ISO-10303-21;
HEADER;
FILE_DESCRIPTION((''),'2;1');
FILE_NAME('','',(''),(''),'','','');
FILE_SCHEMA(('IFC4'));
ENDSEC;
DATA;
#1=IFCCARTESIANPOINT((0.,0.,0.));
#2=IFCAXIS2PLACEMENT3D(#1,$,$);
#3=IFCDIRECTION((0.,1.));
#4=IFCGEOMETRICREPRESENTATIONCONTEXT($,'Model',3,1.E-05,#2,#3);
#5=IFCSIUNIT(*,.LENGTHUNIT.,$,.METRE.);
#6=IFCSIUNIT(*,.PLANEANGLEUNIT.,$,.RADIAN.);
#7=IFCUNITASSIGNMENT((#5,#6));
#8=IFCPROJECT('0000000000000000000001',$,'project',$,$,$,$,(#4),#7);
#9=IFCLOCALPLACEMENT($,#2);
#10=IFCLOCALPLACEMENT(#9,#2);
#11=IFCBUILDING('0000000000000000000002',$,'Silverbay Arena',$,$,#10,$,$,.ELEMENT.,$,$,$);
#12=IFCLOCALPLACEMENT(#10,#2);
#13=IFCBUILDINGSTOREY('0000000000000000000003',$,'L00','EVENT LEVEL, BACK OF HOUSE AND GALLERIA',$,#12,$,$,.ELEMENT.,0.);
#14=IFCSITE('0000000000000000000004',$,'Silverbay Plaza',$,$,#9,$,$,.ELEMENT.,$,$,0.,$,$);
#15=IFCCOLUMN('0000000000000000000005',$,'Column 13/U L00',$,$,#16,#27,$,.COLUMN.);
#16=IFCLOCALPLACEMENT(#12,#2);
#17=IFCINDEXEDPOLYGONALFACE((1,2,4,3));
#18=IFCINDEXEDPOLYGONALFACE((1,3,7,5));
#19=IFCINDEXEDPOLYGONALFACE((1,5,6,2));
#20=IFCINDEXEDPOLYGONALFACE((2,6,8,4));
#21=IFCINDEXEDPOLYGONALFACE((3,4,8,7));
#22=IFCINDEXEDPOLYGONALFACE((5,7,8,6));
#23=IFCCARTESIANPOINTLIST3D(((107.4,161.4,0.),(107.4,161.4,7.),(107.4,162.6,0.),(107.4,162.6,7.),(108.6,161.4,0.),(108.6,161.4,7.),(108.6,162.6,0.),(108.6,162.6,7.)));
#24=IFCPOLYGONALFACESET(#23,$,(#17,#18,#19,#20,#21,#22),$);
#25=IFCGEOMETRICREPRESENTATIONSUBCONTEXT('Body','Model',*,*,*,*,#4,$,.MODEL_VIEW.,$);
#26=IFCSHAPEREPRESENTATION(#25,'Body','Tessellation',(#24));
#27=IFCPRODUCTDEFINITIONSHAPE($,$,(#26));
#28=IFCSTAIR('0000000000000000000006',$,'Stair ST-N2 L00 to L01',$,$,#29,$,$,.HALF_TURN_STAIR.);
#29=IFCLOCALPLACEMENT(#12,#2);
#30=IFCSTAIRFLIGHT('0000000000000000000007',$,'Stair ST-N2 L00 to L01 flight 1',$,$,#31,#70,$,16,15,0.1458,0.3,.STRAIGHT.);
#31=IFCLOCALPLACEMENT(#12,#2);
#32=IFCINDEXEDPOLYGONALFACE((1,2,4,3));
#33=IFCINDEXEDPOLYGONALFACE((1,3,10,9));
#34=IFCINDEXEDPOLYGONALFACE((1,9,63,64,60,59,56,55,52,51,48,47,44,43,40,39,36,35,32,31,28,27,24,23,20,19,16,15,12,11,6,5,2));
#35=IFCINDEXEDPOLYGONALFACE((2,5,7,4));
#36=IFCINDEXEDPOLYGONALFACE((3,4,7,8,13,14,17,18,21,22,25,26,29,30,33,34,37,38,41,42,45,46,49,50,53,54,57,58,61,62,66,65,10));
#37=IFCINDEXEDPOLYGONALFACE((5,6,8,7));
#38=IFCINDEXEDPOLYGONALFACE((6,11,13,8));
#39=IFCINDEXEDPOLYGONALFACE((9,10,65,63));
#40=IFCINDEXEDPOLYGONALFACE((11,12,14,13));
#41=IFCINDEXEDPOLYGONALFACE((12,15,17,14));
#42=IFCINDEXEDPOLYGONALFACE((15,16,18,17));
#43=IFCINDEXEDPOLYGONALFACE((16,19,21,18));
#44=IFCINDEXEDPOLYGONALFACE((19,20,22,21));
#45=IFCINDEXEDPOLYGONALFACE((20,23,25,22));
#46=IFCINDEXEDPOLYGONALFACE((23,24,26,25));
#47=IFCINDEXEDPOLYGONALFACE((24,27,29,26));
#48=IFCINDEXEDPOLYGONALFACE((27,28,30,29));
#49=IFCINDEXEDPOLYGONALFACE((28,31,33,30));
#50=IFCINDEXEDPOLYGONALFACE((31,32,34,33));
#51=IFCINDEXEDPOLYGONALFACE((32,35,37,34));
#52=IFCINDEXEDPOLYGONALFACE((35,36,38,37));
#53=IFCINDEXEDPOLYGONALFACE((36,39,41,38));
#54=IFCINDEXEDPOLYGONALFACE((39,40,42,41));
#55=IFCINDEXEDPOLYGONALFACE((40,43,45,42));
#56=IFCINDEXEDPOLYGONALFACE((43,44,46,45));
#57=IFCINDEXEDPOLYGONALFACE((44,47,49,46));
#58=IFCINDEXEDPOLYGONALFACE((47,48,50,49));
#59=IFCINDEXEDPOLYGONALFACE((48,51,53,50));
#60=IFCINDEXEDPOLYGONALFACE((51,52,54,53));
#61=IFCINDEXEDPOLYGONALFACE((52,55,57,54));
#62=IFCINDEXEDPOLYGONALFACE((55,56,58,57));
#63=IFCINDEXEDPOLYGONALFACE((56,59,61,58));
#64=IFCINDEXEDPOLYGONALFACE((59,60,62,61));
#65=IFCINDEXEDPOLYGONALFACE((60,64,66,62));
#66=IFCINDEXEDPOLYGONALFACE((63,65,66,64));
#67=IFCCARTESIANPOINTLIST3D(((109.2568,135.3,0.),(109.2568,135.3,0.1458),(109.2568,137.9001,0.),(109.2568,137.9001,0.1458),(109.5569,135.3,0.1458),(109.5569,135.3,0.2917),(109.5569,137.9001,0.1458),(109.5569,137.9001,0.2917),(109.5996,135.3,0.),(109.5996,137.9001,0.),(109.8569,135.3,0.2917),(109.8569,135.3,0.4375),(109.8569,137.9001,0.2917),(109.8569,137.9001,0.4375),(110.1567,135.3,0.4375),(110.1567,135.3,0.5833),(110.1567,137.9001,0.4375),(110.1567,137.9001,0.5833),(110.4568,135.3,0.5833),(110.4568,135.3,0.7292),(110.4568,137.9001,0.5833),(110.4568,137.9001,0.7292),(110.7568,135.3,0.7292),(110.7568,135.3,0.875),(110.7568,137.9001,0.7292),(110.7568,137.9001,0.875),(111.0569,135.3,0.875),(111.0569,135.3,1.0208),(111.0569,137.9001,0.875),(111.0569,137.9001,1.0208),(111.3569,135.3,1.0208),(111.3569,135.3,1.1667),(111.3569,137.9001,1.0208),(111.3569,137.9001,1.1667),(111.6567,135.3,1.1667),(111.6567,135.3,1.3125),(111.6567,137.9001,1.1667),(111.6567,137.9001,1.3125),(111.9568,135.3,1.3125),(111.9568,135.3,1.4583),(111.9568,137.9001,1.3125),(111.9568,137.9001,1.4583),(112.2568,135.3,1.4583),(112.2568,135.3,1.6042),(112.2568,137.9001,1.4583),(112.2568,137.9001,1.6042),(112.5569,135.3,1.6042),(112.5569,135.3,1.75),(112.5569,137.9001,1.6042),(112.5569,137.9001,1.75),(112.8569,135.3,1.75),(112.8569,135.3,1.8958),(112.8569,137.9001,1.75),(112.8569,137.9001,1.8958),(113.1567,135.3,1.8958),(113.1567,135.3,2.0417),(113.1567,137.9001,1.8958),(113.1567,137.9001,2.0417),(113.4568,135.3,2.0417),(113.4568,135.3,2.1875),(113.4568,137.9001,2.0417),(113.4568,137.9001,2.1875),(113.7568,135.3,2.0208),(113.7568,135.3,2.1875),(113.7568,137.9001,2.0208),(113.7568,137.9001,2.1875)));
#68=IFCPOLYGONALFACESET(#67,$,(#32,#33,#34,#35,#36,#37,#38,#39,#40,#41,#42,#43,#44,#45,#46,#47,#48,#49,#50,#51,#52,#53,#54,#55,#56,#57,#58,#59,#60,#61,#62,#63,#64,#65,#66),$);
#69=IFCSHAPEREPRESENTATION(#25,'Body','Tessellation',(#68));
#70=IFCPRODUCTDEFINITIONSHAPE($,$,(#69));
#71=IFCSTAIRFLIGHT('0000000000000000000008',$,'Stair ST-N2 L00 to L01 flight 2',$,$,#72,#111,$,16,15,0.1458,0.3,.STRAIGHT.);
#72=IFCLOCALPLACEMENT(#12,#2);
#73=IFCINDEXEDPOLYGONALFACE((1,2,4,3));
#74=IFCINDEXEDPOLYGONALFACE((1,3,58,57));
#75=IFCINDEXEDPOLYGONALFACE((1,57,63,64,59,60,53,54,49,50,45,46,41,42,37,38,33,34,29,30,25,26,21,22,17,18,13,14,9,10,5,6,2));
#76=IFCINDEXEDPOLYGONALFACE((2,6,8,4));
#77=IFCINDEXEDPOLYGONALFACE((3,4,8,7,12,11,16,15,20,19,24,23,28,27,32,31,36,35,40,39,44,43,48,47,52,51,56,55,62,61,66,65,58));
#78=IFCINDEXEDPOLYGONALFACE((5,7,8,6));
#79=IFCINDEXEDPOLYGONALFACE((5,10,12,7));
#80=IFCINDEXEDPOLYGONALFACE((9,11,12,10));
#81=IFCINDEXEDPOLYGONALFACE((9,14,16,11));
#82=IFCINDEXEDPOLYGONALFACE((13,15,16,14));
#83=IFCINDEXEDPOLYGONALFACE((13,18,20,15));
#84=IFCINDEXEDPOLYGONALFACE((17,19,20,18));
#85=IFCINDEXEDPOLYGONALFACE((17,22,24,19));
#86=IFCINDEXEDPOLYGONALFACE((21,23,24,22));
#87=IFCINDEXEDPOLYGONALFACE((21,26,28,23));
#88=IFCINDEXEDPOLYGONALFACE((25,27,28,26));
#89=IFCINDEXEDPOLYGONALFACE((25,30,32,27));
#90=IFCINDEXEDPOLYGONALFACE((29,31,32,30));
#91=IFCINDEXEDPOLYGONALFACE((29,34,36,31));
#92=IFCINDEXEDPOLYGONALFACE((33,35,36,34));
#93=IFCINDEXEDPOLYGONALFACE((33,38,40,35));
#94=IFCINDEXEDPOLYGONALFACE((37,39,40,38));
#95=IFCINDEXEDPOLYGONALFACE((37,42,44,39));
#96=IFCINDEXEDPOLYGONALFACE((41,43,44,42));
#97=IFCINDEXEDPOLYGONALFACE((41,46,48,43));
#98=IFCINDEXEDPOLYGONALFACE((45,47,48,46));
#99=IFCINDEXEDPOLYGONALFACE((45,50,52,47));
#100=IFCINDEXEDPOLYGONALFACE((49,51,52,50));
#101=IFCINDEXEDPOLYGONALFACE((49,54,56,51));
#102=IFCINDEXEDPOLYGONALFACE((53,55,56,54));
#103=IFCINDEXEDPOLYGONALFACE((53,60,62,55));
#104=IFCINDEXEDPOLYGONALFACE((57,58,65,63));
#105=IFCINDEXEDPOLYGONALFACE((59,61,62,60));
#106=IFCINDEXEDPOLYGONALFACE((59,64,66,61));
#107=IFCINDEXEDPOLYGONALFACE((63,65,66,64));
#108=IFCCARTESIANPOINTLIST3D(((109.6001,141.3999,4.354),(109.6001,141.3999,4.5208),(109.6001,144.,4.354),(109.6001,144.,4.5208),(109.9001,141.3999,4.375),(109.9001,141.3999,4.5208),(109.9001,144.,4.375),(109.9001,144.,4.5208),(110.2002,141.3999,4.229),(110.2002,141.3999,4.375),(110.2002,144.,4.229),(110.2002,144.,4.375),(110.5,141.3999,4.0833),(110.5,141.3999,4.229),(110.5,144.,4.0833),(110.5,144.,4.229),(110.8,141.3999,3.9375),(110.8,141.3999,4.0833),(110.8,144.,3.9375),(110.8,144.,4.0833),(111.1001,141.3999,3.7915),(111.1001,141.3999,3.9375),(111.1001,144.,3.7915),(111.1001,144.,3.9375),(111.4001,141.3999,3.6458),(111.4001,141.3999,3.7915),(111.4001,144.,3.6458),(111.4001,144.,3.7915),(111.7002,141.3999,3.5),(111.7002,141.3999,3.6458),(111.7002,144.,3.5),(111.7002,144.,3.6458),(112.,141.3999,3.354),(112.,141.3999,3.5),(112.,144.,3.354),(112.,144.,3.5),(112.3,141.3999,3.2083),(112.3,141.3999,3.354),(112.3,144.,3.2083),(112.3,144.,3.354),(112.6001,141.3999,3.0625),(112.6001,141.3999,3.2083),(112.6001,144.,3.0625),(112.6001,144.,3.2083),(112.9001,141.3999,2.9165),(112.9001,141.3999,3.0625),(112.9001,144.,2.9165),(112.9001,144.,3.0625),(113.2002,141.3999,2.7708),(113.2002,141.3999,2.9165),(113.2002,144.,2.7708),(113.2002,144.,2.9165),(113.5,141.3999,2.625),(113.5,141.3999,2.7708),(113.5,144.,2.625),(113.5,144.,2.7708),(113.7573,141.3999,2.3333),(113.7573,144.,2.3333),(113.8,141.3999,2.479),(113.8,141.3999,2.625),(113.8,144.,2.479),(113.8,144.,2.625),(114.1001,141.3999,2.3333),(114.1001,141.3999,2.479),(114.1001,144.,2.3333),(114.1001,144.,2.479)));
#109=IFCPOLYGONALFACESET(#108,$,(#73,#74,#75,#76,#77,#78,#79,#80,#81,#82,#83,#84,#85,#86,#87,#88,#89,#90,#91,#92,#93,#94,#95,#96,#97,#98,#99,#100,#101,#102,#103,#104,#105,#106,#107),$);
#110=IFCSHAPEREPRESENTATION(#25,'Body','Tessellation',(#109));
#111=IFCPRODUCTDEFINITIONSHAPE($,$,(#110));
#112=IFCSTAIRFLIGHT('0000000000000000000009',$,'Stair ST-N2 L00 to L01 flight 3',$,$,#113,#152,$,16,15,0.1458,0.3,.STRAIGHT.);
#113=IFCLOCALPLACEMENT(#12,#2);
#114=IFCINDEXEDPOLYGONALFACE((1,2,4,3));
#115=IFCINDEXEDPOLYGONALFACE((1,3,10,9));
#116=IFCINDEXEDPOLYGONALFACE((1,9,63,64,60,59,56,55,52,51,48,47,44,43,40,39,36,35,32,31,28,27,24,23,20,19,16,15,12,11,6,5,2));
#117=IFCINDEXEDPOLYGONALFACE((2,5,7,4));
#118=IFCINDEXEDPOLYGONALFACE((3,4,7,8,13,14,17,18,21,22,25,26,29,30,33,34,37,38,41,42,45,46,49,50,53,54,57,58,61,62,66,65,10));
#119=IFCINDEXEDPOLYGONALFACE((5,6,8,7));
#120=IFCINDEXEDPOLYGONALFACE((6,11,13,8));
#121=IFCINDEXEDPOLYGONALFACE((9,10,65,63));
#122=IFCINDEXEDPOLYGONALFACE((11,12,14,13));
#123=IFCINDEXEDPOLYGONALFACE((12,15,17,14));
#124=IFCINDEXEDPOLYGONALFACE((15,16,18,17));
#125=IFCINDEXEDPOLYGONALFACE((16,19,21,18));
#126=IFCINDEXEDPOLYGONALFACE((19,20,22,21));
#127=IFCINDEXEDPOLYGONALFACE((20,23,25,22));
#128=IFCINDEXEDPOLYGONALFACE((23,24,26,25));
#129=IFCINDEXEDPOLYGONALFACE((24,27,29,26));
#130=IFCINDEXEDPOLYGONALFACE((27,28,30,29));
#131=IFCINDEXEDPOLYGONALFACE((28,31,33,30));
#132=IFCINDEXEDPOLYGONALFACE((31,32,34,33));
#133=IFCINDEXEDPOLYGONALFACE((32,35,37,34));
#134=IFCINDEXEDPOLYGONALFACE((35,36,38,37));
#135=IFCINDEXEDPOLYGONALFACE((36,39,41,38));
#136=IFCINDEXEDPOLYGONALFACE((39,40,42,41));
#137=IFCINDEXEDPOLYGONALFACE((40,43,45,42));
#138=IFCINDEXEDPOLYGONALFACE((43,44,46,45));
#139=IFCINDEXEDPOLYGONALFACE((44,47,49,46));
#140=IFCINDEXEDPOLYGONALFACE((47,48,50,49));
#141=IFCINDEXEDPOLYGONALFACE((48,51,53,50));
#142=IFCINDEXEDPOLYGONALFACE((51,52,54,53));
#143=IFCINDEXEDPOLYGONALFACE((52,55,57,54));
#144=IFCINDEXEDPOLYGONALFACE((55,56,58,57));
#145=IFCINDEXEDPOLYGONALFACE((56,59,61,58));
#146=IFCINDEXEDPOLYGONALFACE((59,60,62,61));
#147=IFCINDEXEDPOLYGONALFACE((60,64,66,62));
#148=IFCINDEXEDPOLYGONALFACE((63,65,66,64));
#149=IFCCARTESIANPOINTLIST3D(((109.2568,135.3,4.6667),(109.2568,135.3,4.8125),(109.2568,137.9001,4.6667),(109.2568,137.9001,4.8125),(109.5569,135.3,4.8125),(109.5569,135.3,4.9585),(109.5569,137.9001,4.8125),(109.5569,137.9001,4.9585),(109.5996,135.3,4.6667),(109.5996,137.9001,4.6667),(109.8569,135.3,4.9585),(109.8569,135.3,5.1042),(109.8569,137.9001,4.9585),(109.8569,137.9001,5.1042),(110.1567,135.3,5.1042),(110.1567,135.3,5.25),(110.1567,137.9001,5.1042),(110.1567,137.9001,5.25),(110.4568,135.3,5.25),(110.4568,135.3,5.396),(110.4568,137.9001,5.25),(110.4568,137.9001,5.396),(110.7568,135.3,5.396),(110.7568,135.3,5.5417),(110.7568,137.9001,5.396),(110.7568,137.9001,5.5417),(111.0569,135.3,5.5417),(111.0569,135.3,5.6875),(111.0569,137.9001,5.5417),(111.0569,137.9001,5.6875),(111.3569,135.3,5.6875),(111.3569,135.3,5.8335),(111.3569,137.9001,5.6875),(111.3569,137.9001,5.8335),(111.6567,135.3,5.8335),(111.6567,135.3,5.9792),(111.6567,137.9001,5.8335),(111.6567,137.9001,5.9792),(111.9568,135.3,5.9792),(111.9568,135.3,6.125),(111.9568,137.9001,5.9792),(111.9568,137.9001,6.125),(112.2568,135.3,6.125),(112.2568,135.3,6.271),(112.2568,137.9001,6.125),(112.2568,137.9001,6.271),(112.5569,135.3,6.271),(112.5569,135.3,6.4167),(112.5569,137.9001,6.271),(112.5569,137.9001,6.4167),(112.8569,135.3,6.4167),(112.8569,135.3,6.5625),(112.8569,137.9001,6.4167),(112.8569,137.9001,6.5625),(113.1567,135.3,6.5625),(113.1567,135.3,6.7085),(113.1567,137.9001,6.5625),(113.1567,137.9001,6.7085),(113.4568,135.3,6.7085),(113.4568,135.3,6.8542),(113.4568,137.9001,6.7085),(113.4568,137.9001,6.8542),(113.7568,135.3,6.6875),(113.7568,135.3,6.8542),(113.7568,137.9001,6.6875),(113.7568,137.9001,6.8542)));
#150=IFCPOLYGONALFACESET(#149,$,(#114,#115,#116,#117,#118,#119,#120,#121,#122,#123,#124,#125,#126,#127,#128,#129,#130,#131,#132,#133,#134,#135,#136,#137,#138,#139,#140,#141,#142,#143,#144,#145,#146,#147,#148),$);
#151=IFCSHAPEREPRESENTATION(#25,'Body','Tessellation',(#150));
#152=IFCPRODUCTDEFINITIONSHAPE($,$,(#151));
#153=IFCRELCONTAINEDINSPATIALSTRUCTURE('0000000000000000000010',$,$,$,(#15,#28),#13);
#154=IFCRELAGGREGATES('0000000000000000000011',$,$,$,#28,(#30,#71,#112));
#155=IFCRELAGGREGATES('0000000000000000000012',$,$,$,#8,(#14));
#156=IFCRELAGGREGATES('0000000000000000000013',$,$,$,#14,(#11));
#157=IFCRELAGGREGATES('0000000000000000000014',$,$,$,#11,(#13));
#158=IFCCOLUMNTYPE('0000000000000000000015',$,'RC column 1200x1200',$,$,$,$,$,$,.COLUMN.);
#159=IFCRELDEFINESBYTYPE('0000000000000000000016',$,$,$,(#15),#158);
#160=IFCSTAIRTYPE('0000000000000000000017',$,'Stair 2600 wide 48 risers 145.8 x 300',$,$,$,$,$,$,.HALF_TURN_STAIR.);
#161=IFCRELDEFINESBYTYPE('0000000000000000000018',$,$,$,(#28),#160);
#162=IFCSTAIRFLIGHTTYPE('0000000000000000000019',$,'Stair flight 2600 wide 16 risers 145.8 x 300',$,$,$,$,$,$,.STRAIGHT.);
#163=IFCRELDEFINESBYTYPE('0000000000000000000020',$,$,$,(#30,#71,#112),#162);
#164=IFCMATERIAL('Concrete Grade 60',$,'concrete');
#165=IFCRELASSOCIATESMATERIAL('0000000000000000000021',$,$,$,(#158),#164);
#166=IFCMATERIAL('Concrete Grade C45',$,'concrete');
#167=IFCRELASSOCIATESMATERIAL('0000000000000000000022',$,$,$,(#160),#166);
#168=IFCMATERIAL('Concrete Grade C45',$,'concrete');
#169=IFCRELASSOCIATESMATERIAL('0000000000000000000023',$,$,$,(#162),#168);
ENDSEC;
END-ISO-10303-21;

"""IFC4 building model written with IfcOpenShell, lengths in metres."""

from ifc_helpers import new_model, si_unit, direction, frame, origin, origin_2d, place, context, subcontext, project, spatial, polyline, rectangle, outline, extrude, material, material_profile, profile_set, type_object, element, aggregate, save


model = new_model("IFC4")

# Units and contexts
model_context = context("Model", 3, precision=1e-05, world=origin(), true_north=direction((0.0, 1.0)))
body_context = subcontext(model_context, "Body", "Model", "MODEL_VIEW")
ifc_project = project(units=[si_unit("LENGTHUNIT", "METRE"), si_unit("PLANEANGLEUNIT", "RADIAN")], contexts=[model_context])

# Site, building, storey
site_placement = place(None, origin())
site = spatial("IfcSite", under=ifc_project, at=site_placement, Name="Silverbay Plaza", CompositionType="ELEMENT", RefElevation=0.0)
building_placement = place(site_placement, origin())
building = spatial("IfcBuilding", under=site, at=building_placement, Name="Silverbay Arena", CompositionType="ELEMENT")
storey_placement = place(building_placement, origin())
storey = spatial("IfcBuildingStorey", under=building, at=storey_placement, Name="L00", Description="EVENT LEVEL, BACK OF HOUSE AND GALLERIA", CompositionType="ELEMENT", Elevation=0.0)

# Column
ifc_material_1 = material(Name="Concrete Grade 60", Category="concrete")
ifc_material_profile = material_profile(ifc_material_1, rectangle(XDim=1.2, YDim=1.2, at=origin_2d()), Name="RC 1200x1200")
ifc_profile_set = profile_set([ifc_material_profile], Name="Concrete Grade 60")
column_type = type_object("IfcColumnType", Name="RC column 1200x1200", PredefinedType="COLUMN", material=ifc_profile_set)
column_placement = place(storey_placement, frame((108.0, 162.0, 0.0), z_axis=(0.0, 0.0, 1.0), x_axis=(1.0, 0.0, 0.0)))
element("IfcColumn", 1, at=column_placement, inside=storey, type_object=column_type, Name="Column 13/U L00", PredefinedType="COLUMN", context=body_context, shape_type="SweptSolid", body=[
    extrude(rectangle(XDim=1.2, YDim=1.2, at=origin_2d()), origin(), (0.0, 0.0, 1.0), 7.0),
])

# Stair, stair flights
ifc_material_2 = material(Name="Concrete Grade C45", Category="concrete")
stair_type = type_object("IfcStairType", Name="Stair 2600 wide 48 risers 145.8 x 300", PredefinedType="HALF_TURN_STAIR", material=ifc_material_2)
stair_placement = place(storey_placement, origin())
stair = element("IfcStair", 2, at=stair_placement, inside=storey, type_object=stair_type, Name="Stair ST-N2 L00 to L01", PredefinedType="HALF_TURN_STAIR")
ifc_material_3 = material(Name="Concrete Grade C45", Category="concrete")
stair_flight_type = type_object("IfcStairFlightType", Name="Stair flight 2600 wide 16 risers 145.8 x 300", PredefinedType="STRAIGHT", material=ifc_material_3)
stair_flight_1_placement = place(storey_placement, frame((109.2568, 136.6001, 0.0), z_axis=(0.0, 0.0, 1.0), x_axis=(1.0, 0.0, 0.0)))
stair_flight_1 = element("IfcStairFlight", 3, at=stair_flight_1_placement, type_object=stair_flight_type, Name="Stair ST-N2 L00 to L01 flight 1", NumberOfRisers=16, NumberOfTreads=15, PredefinedType="STRAIGHT", RiserHeight=0.1458, TreadLength=0.3, context=body_context, shape_type="SweptSolid", body=[
    extrude(outline(polyline([(0.0, 0.0), (0.0, 0.1458), (0.3, 0.1458), (0.3, 0.2917), (0.6001, 0.2917), (0.6001, 0.4375), (0.8999, 0.4375), (0.8999, 0.5833), (1.2, 0.5833), (1.2, 0.7292), (1.5, 0.7292), (1.5, 0.875), (1.8, 0.875), (1.8, 1.0208), (2.1001, 1.0208), (2.1001, 1.1667), (2.3999, 1.1667), (2.3999, 1.3125), (2.7, 1.3125), (2.7, 1.4583), (3.0, 1.4583), (3.0, 1.6042), (3.3, 1.6042), (3.3, 1.75), (3.6001, 1.75), (3.6001, 1.8958), (3.8999, 1.8958), (3.8999, 2.0417), (4.2, 2.0417), (4.2, 2.1875), (4.5, 2.1875), (4.5, 2.0208), (0.3428, 0.0), (0.0, 0.0)])), frame((0.0, 1.3, 0.0), z_axis=(0.0, -1.0, 0.0), x_axis=(1.0, 0.0, 0.0)), (0.0, 0.0, 1.0), 2.6001),
])
stair_flight_2_placement = place(storey_placement, frame((114.1001, 142.7, 2.3333), z_axis=(0.0, 0.0, 1.0), x_axis=(-1.0, 0.0, 0.0)))
stair_flight_2 = element("IfcStairFlight", 4, at=stair_flight_2_placement, type_object=stair_flight_type, Name="Stair ST-N2 L00 to L01 flight 2", NumberOfRisers=16, NumberOfTreads=15, PredefinedType="STRAIGHT", RiserHeight=0.1458, TreadLength=0.3, context=body_context, shape_type="SweptSolid", body=[
    extrude(outline(polyline([(0.0, 0.0), (0.0, 0.1458), (0.3, 0.1458), (0.3, 0.2917), (0.6001, 0.2917), (0.6001, 0.4375), (0.8999, 0.4375), (0.8999, 0.5833), (1.2, 0.5833), (1.2, 0.7292), (1.5, 0.7292), (1.5, 0.875), (1.8, 0.875), (1.8, 1.0208), (2.1001, 1.0208), (2.1001, 1.1667), (2.3999, 1.1667), (2.3999, 1.3125), (2.7, 1.3125), (2.7, 1.4583), (3.0, 1.4583), (3.0, 1.6042), (3.3, 1.6042), (3.3, 1.75), (3.6001, 1.75), (3.6001, 1.8958), (3.8999, 1.8958), (3.8999, 2.0417), (4.2, 2.0417), (4.2, 2.1875), (4.5, 2.1875), (4.5, 2.0208), (0.3428, 0.0), (0.0, 0.0)])), frame((0.0, 1.3, 0.0), z_axis=(0.0, -1.0, 0.0), x_axis=(1.0, 0.0, 0.0)), (0.0, 0.0, 1.0), 2.6001),
])
stair_flight_3_placement = place(storey_placement, frame((109.2568, 136.6001, 4.6667), z_axis=(0.0, 0.0, 1.0), x_axis=(1.0, 0.0, 0.0)))
stair_flight_3 = element("IfcStairFlight", 5, at=stair_flight_3_placement, type_object=stair_flight_type, Name="Stair ST-N2 L00 to L01 flight 3", NumberOfRisers=16, NumberOfTreads=15, PredefinedType="STRAIGHT", RiserHeight=0.1458, TreadLength=0.3, context=body_context, shape_type="SweptSolid", body=[
    extrude(outline(polyline([(0.0, 0.0), (0.0, 0.1458), (0.3, 0.1458), (0.3, 0.2917), (0.6001, 0.2917), (0.6001, 0.4375), (0.8999, 0.4375), (0.8999, 0.5833), (1.2, 0.5833), (1.2, 0.7292), (1.5, 0.7292), (1.5, 0.875), (1.8, 0.875), (1.8, 1.0208), (2.1001, 1.0208), (2.1001, 1.1667), (2.3999, 1.1667), (2.3999, 1.3125), (2.7, 1.3125), (2.7, 1.4583), (3.0, 1.4583), (3.0, 1.6042), (3.3, 1.6042), (3.3, 1.75), (3.6001, 1.75), (3.6001, 1.8958), (3.8999, 1.8958), (3.8999, 2.0417), (4.2, 2.0417), (4.2, 2.1875), (4.5, 2.1875), (4.5, 2.0208), (0.3428, 0.0), (0.0, 0.0)])), frame((0.0, 1.3, 0.0), z_axis=(0.0, -1.0, 0.0), x_axis=(1.0, 0.0, 0.0)), (0.0, 0.0, 1.0), 2.6001),
])
aggregate(stair, [stair_flight_1, stair_flight_2, stair_flight_3])

save(model, "model.ifc")
